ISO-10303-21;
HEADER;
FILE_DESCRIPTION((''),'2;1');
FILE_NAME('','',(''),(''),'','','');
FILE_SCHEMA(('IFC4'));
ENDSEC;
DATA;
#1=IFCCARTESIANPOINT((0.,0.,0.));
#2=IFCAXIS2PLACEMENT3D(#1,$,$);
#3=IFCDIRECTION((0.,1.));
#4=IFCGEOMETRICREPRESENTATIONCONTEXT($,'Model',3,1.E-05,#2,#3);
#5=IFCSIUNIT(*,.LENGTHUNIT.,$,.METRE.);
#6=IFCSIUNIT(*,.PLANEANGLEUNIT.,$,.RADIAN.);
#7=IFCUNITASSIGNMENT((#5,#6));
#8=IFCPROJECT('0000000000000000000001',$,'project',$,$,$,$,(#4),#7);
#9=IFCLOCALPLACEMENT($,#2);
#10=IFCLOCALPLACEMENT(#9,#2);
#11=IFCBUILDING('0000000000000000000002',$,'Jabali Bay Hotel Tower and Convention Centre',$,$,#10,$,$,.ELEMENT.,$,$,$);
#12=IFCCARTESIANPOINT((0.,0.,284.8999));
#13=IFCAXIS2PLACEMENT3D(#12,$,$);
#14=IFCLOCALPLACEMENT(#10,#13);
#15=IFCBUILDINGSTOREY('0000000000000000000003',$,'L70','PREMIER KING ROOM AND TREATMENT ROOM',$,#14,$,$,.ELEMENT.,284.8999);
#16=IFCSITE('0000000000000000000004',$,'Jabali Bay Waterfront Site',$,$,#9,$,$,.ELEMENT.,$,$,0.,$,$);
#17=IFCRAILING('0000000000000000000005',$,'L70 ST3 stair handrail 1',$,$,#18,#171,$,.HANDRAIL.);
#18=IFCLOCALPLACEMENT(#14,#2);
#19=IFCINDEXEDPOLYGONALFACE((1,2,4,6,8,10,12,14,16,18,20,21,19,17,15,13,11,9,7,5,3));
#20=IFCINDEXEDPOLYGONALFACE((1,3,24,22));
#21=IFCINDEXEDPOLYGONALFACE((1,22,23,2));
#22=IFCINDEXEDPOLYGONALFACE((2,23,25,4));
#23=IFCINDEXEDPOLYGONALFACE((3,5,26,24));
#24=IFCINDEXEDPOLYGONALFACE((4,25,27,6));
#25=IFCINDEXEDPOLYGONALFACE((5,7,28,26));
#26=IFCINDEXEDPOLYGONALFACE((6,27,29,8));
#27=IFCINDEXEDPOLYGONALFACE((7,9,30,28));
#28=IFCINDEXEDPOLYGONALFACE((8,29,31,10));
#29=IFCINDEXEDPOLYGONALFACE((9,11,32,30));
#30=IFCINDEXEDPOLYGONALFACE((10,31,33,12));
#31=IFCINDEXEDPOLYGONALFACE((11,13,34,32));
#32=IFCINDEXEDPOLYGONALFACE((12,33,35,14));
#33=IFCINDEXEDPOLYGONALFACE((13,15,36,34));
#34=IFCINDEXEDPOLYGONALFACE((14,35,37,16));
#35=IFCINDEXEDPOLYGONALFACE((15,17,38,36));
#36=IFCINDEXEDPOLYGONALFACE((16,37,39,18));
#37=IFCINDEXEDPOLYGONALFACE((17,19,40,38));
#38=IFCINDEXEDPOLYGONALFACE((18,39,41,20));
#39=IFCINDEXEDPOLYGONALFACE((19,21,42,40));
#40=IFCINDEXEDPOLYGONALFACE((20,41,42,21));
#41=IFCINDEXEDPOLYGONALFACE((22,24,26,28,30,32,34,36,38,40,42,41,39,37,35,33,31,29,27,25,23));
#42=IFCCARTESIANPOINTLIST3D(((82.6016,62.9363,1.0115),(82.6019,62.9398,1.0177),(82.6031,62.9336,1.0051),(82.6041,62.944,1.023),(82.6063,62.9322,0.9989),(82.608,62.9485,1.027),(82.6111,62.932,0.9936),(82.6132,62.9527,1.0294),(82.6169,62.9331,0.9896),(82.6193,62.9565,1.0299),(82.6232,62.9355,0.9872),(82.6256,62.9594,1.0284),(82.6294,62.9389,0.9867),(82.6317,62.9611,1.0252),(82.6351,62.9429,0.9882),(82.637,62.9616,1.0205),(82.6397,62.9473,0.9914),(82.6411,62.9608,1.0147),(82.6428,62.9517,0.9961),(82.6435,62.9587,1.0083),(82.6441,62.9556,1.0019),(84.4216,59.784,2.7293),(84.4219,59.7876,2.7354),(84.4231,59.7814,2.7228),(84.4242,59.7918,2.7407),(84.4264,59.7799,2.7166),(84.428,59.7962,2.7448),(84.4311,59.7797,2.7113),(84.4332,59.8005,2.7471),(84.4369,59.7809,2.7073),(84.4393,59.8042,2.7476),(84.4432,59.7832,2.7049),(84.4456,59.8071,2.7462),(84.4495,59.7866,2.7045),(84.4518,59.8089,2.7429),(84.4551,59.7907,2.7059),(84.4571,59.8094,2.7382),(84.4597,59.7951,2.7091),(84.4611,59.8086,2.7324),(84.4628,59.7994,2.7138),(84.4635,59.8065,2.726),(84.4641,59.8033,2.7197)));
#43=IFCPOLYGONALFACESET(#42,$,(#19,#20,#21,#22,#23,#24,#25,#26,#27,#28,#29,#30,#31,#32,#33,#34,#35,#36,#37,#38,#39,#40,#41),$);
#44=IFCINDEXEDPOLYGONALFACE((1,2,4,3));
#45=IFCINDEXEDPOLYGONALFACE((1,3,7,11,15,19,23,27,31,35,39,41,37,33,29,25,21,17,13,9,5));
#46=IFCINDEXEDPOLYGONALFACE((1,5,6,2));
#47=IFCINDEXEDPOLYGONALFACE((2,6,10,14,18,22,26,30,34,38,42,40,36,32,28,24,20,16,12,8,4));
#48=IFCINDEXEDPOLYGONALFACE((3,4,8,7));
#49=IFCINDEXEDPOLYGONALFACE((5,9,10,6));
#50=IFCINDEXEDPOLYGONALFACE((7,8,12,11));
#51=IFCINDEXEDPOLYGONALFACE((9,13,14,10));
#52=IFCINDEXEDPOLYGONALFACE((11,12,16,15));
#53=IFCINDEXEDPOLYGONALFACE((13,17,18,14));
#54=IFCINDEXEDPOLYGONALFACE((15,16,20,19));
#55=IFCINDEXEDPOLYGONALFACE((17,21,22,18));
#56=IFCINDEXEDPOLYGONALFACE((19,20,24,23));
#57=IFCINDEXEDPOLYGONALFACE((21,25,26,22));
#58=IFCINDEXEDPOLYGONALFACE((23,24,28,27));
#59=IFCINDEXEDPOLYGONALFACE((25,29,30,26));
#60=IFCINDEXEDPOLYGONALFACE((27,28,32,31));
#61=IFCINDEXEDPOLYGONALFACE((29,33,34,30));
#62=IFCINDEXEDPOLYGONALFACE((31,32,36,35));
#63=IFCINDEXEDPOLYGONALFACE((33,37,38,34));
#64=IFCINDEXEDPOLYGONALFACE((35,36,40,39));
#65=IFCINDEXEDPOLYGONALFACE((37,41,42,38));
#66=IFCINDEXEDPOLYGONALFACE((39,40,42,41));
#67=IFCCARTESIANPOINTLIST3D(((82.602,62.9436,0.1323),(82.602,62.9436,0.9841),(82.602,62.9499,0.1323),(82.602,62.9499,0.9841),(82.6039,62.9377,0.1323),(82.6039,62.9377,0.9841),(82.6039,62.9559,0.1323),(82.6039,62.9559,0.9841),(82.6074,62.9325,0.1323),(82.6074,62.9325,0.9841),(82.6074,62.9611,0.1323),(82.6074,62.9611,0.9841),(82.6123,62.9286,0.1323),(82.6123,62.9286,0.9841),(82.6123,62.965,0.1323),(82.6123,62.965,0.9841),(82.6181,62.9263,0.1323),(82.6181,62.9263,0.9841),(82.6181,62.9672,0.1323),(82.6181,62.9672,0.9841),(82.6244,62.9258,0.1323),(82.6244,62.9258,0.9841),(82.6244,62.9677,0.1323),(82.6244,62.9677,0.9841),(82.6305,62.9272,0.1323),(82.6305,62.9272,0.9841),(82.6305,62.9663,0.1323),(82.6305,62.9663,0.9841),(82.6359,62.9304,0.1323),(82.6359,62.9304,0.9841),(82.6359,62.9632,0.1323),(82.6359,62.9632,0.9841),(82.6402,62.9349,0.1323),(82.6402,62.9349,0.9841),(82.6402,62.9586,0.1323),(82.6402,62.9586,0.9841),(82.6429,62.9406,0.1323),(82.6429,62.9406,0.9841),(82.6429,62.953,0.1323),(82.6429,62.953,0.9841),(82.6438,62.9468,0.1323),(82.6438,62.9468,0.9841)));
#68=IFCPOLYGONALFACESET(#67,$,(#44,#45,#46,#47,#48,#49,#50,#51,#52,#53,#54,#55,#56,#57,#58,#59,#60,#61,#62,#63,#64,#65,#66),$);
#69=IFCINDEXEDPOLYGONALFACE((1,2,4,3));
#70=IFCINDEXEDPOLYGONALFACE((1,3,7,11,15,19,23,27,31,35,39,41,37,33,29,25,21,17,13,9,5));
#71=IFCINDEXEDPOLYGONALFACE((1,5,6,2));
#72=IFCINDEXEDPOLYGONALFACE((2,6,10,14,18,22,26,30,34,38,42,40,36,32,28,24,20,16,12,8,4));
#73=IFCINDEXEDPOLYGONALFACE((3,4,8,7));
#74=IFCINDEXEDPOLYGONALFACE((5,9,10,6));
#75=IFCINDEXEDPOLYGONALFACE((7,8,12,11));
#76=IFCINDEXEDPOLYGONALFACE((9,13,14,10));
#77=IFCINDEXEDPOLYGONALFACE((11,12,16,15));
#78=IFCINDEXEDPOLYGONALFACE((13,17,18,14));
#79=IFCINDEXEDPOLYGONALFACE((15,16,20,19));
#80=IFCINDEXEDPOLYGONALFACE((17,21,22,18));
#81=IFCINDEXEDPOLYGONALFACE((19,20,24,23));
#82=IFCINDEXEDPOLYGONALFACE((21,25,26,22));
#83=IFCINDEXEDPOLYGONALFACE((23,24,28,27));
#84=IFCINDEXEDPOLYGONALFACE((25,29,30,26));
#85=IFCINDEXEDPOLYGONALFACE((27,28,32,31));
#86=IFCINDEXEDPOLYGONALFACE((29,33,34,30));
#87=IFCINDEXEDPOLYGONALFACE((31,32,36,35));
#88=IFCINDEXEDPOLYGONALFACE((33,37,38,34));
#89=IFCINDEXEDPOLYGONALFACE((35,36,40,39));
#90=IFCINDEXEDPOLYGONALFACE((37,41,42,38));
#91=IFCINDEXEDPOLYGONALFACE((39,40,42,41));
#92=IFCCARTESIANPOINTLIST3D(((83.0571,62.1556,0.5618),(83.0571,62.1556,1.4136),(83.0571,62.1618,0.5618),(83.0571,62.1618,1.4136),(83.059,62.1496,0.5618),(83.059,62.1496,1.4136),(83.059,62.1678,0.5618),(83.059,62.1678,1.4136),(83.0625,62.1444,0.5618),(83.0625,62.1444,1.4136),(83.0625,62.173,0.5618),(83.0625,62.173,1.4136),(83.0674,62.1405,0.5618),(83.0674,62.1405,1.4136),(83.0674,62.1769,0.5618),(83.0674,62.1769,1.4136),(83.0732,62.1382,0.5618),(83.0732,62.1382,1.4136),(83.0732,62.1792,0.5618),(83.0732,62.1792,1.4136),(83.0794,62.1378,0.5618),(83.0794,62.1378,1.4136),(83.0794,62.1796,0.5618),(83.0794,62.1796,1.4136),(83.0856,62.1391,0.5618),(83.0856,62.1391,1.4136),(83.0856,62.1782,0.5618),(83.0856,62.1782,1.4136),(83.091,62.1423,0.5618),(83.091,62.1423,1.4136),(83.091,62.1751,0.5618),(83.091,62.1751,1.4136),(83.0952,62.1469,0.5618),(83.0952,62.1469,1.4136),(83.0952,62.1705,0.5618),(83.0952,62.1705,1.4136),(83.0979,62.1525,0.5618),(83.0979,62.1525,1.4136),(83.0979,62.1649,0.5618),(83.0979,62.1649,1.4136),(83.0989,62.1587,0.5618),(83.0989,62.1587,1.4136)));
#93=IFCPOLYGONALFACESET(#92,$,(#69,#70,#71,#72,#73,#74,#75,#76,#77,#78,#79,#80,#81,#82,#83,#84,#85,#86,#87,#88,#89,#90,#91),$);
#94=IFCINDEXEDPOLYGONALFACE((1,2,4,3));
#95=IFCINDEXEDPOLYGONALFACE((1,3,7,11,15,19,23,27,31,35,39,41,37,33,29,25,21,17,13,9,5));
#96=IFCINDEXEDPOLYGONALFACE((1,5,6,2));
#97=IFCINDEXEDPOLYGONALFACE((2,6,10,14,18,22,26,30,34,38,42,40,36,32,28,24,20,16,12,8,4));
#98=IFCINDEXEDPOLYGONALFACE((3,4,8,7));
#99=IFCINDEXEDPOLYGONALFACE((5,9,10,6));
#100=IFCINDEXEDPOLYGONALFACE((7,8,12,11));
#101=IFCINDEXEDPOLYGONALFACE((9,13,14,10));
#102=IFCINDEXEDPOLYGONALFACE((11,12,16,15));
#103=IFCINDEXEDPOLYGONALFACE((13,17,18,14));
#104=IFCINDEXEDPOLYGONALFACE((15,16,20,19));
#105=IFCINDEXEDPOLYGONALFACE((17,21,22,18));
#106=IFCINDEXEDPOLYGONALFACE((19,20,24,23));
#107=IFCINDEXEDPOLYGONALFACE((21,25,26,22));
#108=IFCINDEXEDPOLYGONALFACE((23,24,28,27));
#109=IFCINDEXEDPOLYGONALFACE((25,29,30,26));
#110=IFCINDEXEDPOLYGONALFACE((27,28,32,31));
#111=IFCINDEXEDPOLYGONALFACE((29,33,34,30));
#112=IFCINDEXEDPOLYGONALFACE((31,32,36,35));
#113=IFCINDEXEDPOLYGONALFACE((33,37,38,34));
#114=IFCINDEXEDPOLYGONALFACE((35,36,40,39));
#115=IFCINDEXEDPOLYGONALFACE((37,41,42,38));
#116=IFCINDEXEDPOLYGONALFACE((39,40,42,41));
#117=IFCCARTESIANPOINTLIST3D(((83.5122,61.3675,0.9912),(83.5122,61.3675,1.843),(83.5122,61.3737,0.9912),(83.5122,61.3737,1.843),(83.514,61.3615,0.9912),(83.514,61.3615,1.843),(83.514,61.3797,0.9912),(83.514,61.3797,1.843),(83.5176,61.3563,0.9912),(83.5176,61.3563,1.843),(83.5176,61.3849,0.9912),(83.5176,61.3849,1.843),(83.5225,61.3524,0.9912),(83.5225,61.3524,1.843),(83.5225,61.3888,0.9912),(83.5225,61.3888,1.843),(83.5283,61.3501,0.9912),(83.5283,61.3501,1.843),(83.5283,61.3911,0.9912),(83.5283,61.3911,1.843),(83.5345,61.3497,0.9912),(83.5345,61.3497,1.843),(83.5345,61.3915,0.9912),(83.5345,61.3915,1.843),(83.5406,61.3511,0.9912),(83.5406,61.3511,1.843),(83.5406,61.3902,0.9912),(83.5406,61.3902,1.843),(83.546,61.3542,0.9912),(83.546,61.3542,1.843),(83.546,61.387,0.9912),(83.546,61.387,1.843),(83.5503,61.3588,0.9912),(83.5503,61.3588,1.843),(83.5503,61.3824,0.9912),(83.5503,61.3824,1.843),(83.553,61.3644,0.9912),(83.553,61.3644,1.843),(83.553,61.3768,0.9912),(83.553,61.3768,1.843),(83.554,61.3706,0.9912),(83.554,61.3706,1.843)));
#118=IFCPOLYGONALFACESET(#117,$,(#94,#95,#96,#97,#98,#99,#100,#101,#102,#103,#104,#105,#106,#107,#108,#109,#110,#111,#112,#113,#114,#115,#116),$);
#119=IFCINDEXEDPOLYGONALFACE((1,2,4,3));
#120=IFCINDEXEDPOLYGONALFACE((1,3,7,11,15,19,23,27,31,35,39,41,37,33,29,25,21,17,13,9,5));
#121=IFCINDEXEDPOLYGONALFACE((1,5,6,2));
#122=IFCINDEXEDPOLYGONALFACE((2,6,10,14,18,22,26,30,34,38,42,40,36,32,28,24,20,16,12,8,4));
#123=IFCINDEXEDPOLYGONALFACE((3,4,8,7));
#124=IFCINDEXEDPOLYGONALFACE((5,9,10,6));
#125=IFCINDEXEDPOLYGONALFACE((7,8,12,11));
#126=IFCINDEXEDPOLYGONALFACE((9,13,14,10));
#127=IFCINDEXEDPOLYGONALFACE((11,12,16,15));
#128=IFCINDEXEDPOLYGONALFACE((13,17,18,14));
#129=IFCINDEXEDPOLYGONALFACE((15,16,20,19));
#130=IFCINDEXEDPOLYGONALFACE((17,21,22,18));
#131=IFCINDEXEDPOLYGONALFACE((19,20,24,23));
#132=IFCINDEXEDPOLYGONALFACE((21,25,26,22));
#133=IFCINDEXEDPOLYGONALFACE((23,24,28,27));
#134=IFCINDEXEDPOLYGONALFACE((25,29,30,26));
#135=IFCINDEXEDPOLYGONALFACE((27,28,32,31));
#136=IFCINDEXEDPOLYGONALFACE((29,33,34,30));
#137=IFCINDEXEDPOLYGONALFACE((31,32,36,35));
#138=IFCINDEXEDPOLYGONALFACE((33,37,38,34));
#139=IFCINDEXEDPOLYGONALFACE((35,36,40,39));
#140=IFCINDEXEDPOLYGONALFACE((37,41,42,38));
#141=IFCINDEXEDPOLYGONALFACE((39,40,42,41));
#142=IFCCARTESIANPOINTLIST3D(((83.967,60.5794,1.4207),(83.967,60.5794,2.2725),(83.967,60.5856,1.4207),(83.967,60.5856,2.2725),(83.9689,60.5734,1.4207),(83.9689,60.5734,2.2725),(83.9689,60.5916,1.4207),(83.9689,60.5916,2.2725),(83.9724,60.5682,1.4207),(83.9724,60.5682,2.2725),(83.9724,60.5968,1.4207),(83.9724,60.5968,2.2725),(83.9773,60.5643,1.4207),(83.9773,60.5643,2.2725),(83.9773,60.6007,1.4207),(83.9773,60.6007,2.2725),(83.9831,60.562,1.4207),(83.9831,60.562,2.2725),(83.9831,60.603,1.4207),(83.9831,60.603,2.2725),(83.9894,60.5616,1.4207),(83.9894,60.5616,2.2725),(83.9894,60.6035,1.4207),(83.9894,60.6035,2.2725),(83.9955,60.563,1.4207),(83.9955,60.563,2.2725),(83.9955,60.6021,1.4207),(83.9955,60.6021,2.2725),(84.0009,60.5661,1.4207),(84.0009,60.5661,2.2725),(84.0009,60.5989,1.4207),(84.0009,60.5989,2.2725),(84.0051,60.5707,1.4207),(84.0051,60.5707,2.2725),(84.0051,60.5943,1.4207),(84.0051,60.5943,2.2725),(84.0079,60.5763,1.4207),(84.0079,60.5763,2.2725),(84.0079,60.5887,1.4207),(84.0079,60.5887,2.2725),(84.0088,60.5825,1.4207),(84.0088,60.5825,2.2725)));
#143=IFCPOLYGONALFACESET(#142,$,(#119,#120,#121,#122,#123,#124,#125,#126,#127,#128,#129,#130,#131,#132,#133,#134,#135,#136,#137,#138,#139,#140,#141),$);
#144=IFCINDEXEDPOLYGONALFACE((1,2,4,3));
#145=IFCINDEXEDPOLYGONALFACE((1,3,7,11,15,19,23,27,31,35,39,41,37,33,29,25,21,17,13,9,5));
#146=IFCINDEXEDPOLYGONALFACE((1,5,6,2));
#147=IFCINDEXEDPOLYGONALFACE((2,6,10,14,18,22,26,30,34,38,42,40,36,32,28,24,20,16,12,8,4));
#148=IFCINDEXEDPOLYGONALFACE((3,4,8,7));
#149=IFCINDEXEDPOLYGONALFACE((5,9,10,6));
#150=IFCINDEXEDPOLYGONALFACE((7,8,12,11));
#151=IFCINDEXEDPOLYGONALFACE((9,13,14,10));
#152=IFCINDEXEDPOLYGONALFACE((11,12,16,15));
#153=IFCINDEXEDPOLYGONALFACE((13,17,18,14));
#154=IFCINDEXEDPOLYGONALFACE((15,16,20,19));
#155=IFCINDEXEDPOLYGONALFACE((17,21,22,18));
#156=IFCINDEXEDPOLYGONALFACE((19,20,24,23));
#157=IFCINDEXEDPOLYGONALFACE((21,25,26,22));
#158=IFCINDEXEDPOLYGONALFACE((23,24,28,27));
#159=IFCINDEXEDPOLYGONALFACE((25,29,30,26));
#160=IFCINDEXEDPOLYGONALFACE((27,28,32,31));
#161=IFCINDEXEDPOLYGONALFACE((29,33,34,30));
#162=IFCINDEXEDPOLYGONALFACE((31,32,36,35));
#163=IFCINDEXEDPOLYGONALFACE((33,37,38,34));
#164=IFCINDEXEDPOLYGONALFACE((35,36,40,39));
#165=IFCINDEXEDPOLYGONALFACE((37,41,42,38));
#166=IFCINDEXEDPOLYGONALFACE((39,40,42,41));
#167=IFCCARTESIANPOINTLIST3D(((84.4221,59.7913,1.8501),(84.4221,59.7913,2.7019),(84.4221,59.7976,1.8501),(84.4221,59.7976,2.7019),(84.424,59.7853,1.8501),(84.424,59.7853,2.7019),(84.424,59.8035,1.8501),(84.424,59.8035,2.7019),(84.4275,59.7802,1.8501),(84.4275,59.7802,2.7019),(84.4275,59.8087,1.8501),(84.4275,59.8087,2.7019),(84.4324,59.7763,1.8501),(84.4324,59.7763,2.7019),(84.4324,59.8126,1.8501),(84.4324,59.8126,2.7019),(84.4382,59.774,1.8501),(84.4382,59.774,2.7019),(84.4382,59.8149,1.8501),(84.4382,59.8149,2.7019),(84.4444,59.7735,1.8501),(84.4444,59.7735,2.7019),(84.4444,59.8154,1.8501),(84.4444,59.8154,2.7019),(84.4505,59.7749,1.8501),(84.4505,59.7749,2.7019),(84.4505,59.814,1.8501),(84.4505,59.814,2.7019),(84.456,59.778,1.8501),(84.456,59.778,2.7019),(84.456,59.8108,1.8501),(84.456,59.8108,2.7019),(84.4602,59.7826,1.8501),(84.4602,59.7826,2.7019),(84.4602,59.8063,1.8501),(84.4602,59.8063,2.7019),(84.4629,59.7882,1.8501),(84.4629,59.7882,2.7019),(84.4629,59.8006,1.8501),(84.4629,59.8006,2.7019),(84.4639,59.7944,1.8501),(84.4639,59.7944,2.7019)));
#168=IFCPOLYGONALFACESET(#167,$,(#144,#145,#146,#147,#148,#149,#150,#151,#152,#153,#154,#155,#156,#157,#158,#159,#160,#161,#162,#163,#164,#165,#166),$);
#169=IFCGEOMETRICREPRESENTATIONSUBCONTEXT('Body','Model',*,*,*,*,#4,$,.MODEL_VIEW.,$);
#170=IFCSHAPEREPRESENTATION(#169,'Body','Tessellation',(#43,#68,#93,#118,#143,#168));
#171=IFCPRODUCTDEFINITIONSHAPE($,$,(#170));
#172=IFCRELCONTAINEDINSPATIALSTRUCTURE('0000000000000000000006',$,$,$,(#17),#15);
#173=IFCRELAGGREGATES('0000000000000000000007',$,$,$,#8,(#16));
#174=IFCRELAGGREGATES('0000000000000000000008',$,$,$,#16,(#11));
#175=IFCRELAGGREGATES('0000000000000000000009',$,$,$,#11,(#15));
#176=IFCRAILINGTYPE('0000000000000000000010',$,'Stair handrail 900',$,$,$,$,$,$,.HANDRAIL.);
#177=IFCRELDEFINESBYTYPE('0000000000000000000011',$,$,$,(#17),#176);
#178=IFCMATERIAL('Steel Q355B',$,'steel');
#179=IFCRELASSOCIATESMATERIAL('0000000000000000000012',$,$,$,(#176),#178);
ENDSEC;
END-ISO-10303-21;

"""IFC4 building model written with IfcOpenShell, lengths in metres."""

from ifc_helpers import new_model, si_unit, direction, frame, origin, origin_2d, place, context, subcontext, project, spatial, circle, extrude, material, type_object, element, save


model = new_model("IFC4")

# Units and contexts
model_context = context("Model", 3, precision=1e-05, world=origin(), true_north=direction((0.0, 1.0)))
body_context = subcontext(model_context, "Body", "Model", "MODEL_VIEW")
ifc_project = project(units=[si_unit("LENGTHUNIT", "METRE"), si_unit("PLANEANGLEUNIT", "RADIAN")], contexts=[model_context])

# Site, building, storey
site_placement = place(None, origin())
site = spatial("IfcSite", under=ifc_project, at=site_placement, Name="Jabali Bay Waterfront Site", CompositionType="ELEMENT", RefElevation=0.0)
building_placement = place(site_placement, origin())
building = spatial("IfcBuilding", under=site, at=building_placement, Name="Jabali Bay Hotel Tower and Convention Centre", CompositionType="ELEMENT")
storey_placement = place(building_placement, frame((0.0, 0.0, 284.8999)))
storey = spatial("IfcBuildingStorey", under=building, at=storey_placement, Name="L70", Description="PREMIER KING ROOM AND TREATMENT ROOM", CompositionType="ELEMENT", Elevation=284.8999)

# Railing
ifc_material_1 = material(Name="Steel Q355B", Category="steel")
railing_type_1 = type_object("IfcRailingType", Name="Stair handrail 900", PredefinedType="HANDRAIL", material=ifc_material_1)
railing_1_placement = place(storey_placement, frame((82.6228, 62.9468, 0.1323)))
element("IfcRailing", 1, at=railing_1_placement, inside=storey, type_object=railing_type_1, Name="L70 ST3 stair handrail 1", PredefinedType="HANDRAIL", context=body_context, shape_type="SweptSolid", body=[
    extrude(circle(Radius=0.0239, at=origin_2d()), frame((0.0, 0.0, 0.876), z_axis=(0.45219, -0.78319, 0.426775), x_axis=(0.866018, 0.500013, 0.0)), (0.0, 0.0, 1.0), 4.0249),
    extrude(circle(Radius=0.021, at=origin_2d()), origin(), (0.0, 0.0, 1.0), 0.8518),
    extrude(circle(Radius=0.021, at=origin_2d()), frame((0.4551, -0.7881, 0.4294)), (0.0, 0.0, 1.0), 0.8518),
    extrude(circle(Radius=0.021, at=origin_2d()), frame((0.9102, -1.5762, 0.8589)), (0.0, 0.0, 1.0), 0.8518),
    extrude(circle(Radius=0.021, at=origin_2d()), frame((1.365, -2.3643, 1.2883)), (0.0, 0.0, 1.0), 0.8518),
    extrude(circle(Radius=0.021, at=origin_2d()), frame((1.8201, -3.1523, 1.7178)), (0.0, 0.0, 1.0), 0.8518),
])

save(model, "model.ifc")
